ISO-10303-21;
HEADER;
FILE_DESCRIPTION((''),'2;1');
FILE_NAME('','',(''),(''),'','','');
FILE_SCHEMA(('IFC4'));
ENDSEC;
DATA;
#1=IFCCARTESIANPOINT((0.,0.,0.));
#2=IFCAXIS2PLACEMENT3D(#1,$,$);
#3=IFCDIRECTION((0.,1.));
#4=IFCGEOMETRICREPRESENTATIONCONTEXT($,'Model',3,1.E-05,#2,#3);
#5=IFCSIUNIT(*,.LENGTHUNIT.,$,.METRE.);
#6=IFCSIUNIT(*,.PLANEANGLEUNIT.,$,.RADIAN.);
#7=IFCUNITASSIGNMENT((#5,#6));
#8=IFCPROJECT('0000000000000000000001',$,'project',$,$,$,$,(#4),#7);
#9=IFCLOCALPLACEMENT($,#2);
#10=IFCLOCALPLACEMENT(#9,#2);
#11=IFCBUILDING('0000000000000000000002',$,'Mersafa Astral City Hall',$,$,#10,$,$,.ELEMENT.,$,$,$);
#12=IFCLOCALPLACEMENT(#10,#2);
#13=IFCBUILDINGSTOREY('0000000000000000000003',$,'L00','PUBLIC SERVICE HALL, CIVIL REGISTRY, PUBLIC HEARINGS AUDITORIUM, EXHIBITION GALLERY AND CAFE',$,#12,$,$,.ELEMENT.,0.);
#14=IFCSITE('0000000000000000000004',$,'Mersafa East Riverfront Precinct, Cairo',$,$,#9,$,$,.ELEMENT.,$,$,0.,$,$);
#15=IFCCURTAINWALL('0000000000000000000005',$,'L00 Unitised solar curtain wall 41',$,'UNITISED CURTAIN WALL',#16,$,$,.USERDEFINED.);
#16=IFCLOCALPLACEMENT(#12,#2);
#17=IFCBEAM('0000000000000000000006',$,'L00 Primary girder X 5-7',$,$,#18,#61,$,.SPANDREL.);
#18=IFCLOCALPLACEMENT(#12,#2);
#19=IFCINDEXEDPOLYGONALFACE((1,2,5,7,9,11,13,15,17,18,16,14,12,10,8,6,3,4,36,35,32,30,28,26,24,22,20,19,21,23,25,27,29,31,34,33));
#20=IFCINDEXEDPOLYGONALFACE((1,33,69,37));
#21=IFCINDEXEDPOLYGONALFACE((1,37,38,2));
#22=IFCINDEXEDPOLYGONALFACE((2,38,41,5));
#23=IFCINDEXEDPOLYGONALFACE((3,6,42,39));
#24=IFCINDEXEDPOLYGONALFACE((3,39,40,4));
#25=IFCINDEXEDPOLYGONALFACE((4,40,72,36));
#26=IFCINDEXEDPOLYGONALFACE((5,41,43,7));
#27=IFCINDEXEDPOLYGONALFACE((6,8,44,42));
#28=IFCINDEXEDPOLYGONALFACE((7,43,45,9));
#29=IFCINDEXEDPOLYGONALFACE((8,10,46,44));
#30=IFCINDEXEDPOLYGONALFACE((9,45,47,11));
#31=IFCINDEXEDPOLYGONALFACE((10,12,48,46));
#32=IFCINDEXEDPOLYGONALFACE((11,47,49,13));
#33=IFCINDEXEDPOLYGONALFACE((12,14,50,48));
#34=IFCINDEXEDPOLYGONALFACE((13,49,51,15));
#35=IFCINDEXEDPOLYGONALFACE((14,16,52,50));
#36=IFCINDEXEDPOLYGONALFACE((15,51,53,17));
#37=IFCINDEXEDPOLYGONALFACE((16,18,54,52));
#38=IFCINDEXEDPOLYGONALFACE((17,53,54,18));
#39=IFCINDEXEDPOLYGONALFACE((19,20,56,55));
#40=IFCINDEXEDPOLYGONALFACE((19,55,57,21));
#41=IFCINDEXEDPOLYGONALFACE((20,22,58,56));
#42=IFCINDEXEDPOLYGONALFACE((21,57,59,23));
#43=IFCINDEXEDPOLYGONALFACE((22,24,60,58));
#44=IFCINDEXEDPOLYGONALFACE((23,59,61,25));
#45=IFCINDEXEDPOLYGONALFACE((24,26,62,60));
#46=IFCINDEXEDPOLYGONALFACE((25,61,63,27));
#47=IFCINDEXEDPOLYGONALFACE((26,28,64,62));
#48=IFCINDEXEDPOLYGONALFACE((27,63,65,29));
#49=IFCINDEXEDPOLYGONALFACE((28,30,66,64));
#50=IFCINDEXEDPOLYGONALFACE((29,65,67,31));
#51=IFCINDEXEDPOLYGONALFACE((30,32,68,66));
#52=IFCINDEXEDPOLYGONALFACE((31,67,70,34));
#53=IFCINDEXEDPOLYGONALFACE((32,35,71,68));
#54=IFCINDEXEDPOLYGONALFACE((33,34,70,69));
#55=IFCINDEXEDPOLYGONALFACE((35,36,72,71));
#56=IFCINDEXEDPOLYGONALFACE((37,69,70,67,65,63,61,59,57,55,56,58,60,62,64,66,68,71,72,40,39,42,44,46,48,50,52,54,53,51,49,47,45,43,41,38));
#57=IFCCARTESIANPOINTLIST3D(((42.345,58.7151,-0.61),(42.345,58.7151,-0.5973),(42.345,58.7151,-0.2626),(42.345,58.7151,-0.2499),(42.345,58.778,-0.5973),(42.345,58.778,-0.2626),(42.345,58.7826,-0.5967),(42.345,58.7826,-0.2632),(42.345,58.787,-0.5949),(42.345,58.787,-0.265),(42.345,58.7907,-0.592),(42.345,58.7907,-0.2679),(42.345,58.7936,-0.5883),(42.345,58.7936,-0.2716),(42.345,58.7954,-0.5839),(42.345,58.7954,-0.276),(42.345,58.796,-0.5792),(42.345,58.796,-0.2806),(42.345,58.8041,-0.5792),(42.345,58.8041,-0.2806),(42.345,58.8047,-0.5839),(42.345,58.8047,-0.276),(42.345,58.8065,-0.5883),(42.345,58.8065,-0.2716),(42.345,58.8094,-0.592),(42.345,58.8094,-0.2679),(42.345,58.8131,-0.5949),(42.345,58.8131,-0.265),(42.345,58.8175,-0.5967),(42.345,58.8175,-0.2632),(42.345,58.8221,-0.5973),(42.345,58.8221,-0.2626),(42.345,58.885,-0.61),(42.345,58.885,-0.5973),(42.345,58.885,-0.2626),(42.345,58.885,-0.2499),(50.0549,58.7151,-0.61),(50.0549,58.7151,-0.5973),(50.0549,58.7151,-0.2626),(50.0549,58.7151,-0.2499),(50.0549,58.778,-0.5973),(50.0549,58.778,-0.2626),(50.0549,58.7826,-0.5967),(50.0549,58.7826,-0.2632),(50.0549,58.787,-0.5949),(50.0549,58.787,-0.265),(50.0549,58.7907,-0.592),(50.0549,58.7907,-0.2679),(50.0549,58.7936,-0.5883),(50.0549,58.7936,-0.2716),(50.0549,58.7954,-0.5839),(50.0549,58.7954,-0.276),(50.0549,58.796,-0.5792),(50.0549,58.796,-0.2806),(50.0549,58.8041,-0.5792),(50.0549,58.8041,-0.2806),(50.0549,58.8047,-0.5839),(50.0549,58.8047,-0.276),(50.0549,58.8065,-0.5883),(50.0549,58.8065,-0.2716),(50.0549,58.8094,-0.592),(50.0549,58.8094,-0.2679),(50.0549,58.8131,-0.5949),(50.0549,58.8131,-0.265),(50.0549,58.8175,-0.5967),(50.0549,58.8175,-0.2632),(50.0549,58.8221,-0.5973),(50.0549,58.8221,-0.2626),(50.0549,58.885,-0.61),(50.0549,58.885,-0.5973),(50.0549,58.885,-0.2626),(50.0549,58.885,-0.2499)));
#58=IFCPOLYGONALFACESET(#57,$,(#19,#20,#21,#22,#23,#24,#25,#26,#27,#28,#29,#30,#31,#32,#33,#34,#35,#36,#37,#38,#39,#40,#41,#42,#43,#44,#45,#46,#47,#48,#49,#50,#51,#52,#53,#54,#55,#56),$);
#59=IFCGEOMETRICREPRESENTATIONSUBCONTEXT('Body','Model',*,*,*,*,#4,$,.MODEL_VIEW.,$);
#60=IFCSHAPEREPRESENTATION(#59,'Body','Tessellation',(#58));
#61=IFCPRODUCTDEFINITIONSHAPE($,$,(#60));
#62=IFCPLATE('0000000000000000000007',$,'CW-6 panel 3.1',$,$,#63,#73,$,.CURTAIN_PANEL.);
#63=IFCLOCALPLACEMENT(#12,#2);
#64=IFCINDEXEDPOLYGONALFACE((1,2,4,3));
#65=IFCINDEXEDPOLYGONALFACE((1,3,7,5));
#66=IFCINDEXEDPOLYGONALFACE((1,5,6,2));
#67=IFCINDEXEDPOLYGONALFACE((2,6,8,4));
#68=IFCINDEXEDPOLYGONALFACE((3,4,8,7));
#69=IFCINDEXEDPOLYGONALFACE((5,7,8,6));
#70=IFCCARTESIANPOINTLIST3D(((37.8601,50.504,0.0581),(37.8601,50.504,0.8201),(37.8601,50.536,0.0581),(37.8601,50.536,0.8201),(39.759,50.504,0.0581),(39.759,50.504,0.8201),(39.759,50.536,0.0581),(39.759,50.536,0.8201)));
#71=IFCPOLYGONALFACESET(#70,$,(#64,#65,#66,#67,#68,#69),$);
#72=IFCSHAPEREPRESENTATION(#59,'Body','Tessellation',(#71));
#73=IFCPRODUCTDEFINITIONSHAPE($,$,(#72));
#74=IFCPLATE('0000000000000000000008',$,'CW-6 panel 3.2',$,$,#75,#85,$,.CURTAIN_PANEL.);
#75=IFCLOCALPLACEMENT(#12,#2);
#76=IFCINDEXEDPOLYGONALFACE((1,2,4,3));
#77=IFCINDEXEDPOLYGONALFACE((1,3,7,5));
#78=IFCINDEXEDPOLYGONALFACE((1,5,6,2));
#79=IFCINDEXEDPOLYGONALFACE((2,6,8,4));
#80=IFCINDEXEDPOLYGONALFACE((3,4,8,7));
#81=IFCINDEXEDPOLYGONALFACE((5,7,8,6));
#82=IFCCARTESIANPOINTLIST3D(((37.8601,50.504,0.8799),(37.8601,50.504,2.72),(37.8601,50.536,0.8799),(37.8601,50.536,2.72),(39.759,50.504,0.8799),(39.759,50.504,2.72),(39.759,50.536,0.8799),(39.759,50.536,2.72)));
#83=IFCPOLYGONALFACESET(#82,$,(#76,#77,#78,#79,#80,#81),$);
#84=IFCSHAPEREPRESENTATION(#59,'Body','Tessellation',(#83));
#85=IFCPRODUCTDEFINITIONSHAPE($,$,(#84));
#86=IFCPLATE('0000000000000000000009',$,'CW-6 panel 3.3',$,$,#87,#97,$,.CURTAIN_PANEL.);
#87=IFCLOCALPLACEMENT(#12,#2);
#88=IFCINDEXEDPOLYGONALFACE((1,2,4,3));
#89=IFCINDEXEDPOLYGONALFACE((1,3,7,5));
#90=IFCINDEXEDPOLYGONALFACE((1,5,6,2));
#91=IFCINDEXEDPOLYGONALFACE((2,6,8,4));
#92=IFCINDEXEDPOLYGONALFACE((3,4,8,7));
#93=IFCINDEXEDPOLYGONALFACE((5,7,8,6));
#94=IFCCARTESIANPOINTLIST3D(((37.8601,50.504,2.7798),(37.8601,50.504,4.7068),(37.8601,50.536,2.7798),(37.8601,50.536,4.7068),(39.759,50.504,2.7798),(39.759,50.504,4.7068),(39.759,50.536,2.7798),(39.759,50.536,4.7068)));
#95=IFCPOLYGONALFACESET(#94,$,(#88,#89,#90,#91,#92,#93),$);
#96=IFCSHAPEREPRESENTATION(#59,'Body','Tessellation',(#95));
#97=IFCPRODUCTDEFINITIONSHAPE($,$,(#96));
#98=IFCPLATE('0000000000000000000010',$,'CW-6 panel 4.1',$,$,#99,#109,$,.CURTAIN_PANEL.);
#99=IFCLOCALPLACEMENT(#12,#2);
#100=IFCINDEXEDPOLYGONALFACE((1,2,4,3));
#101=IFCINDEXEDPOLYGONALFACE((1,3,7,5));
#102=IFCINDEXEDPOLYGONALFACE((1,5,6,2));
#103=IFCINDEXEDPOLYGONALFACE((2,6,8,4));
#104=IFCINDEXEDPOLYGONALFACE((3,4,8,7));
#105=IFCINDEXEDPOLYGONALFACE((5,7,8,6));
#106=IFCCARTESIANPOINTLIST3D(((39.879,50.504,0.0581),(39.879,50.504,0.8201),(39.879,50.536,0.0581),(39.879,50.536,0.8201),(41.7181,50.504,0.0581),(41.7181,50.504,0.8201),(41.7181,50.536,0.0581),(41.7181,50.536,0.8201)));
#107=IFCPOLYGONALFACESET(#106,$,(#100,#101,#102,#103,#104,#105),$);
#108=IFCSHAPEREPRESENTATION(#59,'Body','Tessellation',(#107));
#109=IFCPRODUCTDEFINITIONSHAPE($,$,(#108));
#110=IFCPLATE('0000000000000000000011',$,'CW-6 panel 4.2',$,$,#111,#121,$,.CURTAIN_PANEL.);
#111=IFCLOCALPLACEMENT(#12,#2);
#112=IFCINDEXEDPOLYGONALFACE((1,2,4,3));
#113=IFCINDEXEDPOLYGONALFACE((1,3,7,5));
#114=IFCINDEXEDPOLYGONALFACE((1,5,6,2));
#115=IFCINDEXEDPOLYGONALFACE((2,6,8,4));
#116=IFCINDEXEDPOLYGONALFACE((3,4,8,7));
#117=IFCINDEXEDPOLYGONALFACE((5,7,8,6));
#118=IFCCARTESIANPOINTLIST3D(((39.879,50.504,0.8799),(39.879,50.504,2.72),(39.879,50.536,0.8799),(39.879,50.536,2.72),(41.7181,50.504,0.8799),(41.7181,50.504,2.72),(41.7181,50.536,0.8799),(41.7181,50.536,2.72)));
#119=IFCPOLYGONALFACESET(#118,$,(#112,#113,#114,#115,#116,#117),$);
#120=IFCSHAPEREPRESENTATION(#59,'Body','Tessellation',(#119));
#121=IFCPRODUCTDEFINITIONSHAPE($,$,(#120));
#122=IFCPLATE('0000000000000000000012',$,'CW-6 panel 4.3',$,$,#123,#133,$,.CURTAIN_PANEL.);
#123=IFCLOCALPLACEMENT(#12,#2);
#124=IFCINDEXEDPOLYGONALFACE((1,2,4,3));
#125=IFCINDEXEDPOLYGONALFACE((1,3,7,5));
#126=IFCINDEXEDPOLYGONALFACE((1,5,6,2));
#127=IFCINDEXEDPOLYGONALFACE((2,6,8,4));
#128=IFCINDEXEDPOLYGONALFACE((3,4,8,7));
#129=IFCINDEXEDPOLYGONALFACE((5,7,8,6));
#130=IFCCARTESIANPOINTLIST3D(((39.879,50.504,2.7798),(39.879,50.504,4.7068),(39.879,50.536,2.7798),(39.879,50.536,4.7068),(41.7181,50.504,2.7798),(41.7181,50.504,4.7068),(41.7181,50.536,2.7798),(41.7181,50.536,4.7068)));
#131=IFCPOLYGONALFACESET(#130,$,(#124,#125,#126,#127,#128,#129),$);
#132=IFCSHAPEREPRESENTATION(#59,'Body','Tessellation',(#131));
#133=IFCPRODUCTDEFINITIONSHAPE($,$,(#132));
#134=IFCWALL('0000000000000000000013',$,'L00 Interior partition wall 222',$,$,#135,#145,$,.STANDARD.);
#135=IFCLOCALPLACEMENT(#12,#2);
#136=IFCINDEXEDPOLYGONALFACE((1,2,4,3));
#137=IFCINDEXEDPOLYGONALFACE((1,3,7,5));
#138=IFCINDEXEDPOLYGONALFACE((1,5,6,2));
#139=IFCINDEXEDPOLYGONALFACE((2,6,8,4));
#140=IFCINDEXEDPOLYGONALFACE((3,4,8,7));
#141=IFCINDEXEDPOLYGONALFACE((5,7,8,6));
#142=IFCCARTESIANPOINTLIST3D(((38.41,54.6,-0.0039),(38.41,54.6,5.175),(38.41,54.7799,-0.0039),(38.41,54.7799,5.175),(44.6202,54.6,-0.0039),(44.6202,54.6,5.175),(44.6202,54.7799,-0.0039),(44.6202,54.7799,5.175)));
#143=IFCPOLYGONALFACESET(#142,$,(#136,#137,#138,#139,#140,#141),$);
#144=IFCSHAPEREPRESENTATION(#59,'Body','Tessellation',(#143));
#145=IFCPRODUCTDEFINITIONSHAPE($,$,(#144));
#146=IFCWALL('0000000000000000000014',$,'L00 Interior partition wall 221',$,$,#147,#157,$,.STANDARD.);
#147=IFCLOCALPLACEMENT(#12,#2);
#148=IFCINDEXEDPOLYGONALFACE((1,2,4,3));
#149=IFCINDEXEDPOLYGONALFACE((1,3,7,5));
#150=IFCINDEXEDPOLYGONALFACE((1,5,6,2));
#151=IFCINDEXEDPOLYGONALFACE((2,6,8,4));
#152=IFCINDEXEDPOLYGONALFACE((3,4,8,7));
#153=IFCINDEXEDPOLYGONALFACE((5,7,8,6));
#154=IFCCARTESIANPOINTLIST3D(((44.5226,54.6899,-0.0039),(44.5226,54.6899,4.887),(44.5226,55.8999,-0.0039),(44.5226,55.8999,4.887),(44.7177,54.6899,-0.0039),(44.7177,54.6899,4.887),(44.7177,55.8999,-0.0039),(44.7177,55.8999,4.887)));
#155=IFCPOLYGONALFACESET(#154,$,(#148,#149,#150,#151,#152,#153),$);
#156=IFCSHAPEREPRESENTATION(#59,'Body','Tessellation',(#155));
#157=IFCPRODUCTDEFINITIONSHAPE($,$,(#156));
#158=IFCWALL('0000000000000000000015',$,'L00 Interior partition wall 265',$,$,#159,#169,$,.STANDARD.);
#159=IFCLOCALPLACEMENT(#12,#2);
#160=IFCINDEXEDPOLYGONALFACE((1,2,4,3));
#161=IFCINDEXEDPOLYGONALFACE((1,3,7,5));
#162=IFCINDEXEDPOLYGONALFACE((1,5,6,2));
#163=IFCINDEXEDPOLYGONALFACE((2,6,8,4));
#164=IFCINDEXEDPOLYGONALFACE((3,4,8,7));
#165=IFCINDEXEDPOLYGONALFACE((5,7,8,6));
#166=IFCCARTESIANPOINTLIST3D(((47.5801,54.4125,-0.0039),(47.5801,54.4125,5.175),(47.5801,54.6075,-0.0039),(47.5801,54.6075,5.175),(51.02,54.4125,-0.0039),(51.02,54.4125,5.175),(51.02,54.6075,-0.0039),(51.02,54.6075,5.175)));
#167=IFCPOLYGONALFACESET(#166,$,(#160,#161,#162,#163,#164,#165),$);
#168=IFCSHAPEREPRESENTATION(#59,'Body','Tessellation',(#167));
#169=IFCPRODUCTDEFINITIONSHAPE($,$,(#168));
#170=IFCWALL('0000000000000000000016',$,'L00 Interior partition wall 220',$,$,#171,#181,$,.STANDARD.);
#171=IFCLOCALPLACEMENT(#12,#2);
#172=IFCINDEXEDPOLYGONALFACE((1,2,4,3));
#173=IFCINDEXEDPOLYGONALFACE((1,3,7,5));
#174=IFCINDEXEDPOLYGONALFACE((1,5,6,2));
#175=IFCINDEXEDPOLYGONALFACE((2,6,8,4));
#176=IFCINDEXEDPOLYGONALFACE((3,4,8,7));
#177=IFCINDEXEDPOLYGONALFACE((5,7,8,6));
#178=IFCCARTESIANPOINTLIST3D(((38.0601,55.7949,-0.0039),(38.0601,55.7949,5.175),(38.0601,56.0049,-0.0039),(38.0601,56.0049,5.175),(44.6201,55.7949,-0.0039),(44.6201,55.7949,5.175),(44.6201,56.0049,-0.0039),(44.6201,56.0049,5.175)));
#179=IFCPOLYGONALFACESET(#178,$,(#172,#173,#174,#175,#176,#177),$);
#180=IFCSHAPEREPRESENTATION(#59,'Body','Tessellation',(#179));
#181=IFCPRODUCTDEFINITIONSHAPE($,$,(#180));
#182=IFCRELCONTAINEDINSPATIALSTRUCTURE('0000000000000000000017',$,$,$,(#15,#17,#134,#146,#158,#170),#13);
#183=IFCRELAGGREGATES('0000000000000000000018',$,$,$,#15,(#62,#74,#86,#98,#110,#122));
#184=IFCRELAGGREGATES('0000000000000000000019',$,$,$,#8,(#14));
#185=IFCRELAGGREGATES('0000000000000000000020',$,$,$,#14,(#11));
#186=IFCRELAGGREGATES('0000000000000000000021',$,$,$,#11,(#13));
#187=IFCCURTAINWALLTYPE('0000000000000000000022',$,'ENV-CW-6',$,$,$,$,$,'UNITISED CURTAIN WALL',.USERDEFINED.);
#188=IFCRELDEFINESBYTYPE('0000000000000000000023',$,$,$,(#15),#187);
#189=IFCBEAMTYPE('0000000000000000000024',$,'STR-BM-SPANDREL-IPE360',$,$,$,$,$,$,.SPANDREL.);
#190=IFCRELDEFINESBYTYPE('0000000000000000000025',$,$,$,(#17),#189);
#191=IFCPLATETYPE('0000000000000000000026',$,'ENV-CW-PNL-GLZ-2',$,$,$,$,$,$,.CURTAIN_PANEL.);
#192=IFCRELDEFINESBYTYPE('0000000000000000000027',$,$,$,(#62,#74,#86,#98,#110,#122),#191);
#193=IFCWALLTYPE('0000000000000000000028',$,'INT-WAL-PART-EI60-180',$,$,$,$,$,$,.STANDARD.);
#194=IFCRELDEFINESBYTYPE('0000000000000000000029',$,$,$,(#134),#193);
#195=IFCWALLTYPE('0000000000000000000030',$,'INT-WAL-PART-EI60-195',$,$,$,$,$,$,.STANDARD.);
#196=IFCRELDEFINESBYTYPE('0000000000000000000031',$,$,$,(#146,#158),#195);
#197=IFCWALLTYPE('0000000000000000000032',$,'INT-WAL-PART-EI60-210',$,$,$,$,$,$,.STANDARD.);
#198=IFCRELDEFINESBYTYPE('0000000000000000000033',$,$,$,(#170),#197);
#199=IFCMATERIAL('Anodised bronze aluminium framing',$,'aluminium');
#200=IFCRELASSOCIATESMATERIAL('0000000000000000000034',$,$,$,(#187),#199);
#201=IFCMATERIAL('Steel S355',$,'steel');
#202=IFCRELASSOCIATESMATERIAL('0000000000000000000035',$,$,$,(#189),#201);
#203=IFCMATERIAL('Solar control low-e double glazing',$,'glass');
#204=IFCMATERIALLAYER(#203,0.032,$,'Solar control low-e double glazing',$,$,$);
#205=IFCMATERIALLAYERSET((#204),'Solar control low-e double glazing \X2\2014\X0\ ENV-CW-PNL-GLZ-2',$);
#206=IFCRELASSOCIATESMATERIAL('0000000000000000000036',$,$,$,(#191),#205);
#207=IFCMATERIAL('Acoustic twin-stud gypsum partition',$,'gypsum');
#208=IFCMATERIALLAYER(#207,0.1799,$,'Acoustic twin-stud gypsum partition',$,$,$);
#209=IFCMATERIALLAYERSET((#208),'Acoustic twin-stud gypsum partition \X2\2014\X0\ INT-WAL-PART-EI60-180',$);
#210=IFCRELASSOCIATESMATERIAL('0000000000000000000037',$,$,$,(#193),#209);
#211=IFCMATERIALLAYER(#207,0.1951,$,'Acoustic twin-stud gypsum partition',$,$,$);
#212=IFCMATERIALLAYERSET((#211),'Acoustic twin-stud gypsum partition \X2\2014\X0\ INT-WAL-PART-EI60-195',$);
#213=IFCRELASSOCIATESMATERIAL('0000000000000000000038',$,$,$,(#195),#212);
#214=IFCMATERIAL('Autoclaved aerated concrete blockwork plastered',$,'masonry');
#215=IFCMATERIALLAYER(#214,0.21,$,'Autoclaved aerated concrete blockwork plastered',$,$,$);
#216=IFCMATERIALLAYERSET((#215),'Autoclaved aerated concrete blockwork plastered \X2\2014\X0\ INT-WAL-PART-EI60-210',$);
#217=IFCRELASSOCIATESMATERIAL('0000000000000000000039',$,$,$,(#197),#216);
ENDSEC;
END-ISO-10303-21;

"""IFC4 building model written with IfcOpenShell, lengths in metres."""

from ifc_helpers import new_model, si_unit, direction, frame, frame_2d, origin, origin_2d, place, context, subcontext, project, spatial, rectangle, i_section, extrude, material, layer, layer_set, material_profile, profile_set, type_object, element, aggregate, save


model = new_model("IFC4")

# Units and contexts
model_context = context("Model", 3, precision=1e-05, world=origin(), true_north=direction((0.0, 1.0)))
body_context = subcontext(model_context, "Body", "Model", "MODEL_VIEW")
ifc_project = project(units=[si_unit("LENGTHUNIT", "METRE"), si_unit("PLANEANGLEUNIT", "RADIAN")], contexts=[model_context])

# Site, building, storey
site_placement = place(None, origin())
site = spatial("IfcSite", under=ifc_project, at=site_placement, Name="Mersafa East Riverfront Precinct, Cairo", CompositionType="ELEMENT", RefElevation=0.0)
building_placement = place(site_placement, origin())
building = spatial("IfcBuilding", under=site, at=building_placement, Name="Mersafa Astral City Hall", CompositionType="ELEMENT")
storey_placement = place(building_placement, origin())
storey = spatial("IfcBuildingStorey", under=building, at=storey_placement, Name="L00", Description="PUBLIC SERVICE HALL, CIVIL REGISTRY, PUBLIC HEARINGS AUDITORIUM, EXHIBITION GALLERY AND CAFE", CompositionType="ELEMENT", Elevation=0.0)

# Shared definitions
ifc_material_1 = material(Name="Steel S355", Category="steel")

# Curtain wall
ifc_material_2 = material(Name="Anodised bronze aluminium framing", Category="aluminium")
curtain_wall_type = type_object("IfcCurtainWallType", Name="ENV-CW-6", ElementType="UNITISED CURTAIN WALL", PredefinedType="USERDEFINED", material=ifc_material_2)
curtain_wall_placement = place(storey_placement, origin())
curtain_wall = element("IfcCurtainWall", 1, at=curtain_wall_placement, inside=storey, type_object=curtain_wall_type, Name="L00 Unitised solar curtain wall 41", ObjectType="UNITISED CURTAIN WALL", PredefinedType="USERDEFINED")

# Beam
ifc_material_profile_1 = material_profile(ifc_material_1, i_section(OverallWidth=0.1699, OverallDepth=0.3601, WebThickness=0.0081, FlangeThickness=0.0127, FilletRadius=0.0181, at=origin_2d()), Name="IPE 360")
ifc_profile_set_1 = profile_set([ifc_material_profile_1], Name="Steel S355")
beam_type_1 = type_object("IfcBeamType", Name="STR-BM-SPANDREL-IPE360", PredefinedType="SPANDREL", material=ifc_profile_set_1)
beam_1_placement = place(storey_placement, frame((42.345, 58.8, -0.4299), z_axis=(1.0, 0.0, 0.0), x_axis=(0.0, 1.0, 0.0)))
element("IfcBeam", 2, at=beam_1_placement, inside=storey, type_object=beam_type_1, Name="L00 Primary girder X 5-7", PredefinedType="SPANDREL", context=body_context, shape_type="SweptSolid", body=[
    extrude(i_section(OverallWidth=0.1699, OverallDepth=0.3601, WebThickness=0.0081, FlangeThickness=0.0127, FilletRadius=0.0181, at=origin_2d()), origin(), (0.0, 0.0, 1.0), 7.71),
])

# Plates
ifc_material_3 = material(Name="Solar control low-e double glazing", Category="glass")
ifc_layer_1 = layer(ifc_material_3, 0.032, Name="Solar control low-e double glazing")
ifc_layer_set_1 = layer_set([ifc_layer_1], Name="Solar control low-e double glazing — ENV-CW-PNL-GLZ-2")
plate_type = type_object("IfcPlateType", Name="ENV-CW-PNL-GLZ-2", PredefinedType="CURTAIN_PANEL", material=ifc_layer_set_1)
plate_1_placement = place(storey_placement, frame((38.8096, 50.52, 0.0581), z_axis=(0.0, 0.0, 1.0), x_axis=(1.0, 0.0, 0.0)))
plate_1 = element("IfcPlate", 3, at=plate_1_placement, type_object=plate_type, Name="CW-6 panel 3.1", PredefinedType="CURTAIN_PANEL", context=body_context, shape_type="SweptSolid", body=[
    extrude(rectangle(XDim=1.8989, YDim=0.032, at=origin_2d()), origin(), (0.0, 0.0, 1.0), 0.762),
])
plate_2_placement = place(storey_placement, frame((38.8096, 50.52, 0.8799), z_axis=(0.0, 0.0, 1.0), x_axis=(1.0, 0.0, 0.0)))
plate_2 = element("IfcPlate", 4, at=plate_2_placement, type_object=plate_type, Name="CW-6 panel 3.2", PredefinedType="CURTAIN_PANEL", context=body_context, shape_type="SweptSolid", body=[
    extrude(rectangle(XDim=1.8989, YDim=0.032, at=origin_2d()), origin(), (0.0, 0.0, 1.0), 1.8401),
])
plate_3_placement = place(storey_placement, frame((38.8096, 50.52, 2.7798), z_axis=(0.0, 0.0, 1.0), x_axis=(1.0, 0.0, 0.0)))
plate_3 = element("IfcPlate", 5, at=plate_3_placement, type_object=plate_type, Name="CW-6 panel 3.3", PredefinedType="CURTAIN_PANEL", context=body_context, shape_type="SweptSolid", body=[
    extrude(rectangle(XDim=1.8989, YDim=0.032, at=origin_2d()), origin(), (0.0, 0.0, 1.0), 1.927),
])
plate_4_placement = place(storey_placement, frame((40.7986, 50.52, 0.0581), z_axis=(0.0, 0.0, 1.0), x_axis=(1.0, 0.0, 0.0)))
plate_4 = element("IfcPlate", 6, at=plate_4_placement, type_object=plate_type, Name="CW-6 panel 4.1", PredefinedType="CURTAIN_PANEL", context=body_context, shape_type="SweptSolid", body=[
    extrude(rectangle(XDim=1.8391, YDim=0.032, at=origin_2d()), origin(), (0.0, 0.0, 1.0), 0.762),
])
plate_5_placement = place(storey_placement, frame((40.7986, 50.52, 0.8799), z_axis=(0.0, 0.0, 1.0), x_axis=(1.0, 0.0, 0.0)))
plate_5 = element("IfcPlate", 7, at=plate_5_placement, type_object=plate_type, Name="CW-6 panel 4.2", PredefinedType="CURTAIN_PANEL", context=body_context, shape_type="SweptSolid", body=[
    extrude(rectangle(XDim=1.8391, YDim=0.032, at=origin_2d()), origin(), (0.0, 0.0, 1.0), 1.8401),
])
plate_6_placement = place(storey_placement, frame((40.7986, 50.52, 2.7798), z_axis=(0.0, 0.0, 1.0), x_axis=(1.0, 0.0, 0.0)))
plate_6 = element("IfcPlate", 8, at=plate_6_placement, type_object=plate_type, Name="CW-6 panel 4.3", PredefinedType="CURTAIN_PANEL", context=body_context, shape_type="SweptSolid", body=[
    extrude(rectangle(XDim=1.8391, YDim=0.032, at=origin_2d()), origin(), (0.0, 0.0, 1.0), 1.927),
])
aggregate(curtain_wall, [plate_1, plate_2, plate_3, plate_4, plate_5, plate_6])

# Walls
ifc_material_4 = material(Name="Acoustic twin-stud gypsum partition", Category="gypsum")
ifc_layer_2 = layer(ifc_material_4, 0.1799, Name="Acoustic twin-stud gypsum partition")
ifc_layer_set_2 = layer_set([ifc_layer_2], Name="Acoustic twin-stud gypsum partition — INT-WAL-PART-EI60-180")
wall_type_1 = type_object("IfcWallType", Name="INT-WAL-PART-EI60-180", PredefinedType="STANDARD", material=ifc_layer_set_2)
wall_1_placement = place(storey_placement, frame((44.6201, 54.6899, -0.0039), z_axis=(0.0, 0.0, 1.0), x_axis=(-1.0, 0.0, 0.0)))
element("IfcWall", 9, at=wall_1_placement, inside=storey, type_object=wall_type_1, Name="L00 Interior partition wall 222", PredefinedType="STANDARD", context=body_context, shape_type="SweptSolid", body=[
    extrude(rectangle(XDim=6.2102, YDim=0.1799, at=frame_2d((3.105, 0.0))), origin(), (0.0, 0.0, 1.0), 5.179),
])
ifc_layer_3 = layer(ifc_material_4, 0.1951, Name="Acoustic twin-stud gypsum partition")
ifc_layer_set_3 = layer_set([ifc_layer_3], Name="Acoustic twin-stud gypsum partition — INT-WAL-PART-EI60-195")
wall_type_2 = type_object("IfcWallType", Name="INT-WAL-PART-EI60-195", PredefinedType="STANDARD", material=ifc_layer_set_3)
wall_2_placement = place(storey_placement, frame((44.6201, 55.8999, -0.0039), z_axis=(0.0, 0.0, 1.0), x_axis=(0.0, -1.0, 0.0)))
element("IfcWall", 10, at=wall_2_placement, inside=storey, type_object=wall_type_2, Name="L00 Interior partition wall 221", PredefinedType="STANDARD", context=body_context, shape_type="SweptSolid", body=[
    extrude(rectangle(XDim=1.21, YDim=0.1951, at=frame_2d((0.605, 0.0))), origin(), (0.0, 0.0, 1.0), 4.8909),
])
wall_3_placement = place(storey_placement, frame((47.5801, 54.51, -0.0039), z_axis=(0.0, 0.0, 1.0), x_axis=(1.0, 0.0, 0.0)))
element("IfcWall", 11, at=wall_3_placement, inside=storey, type_object=wall_type_2, Name="L00 Interior partition wall 265", PredefinedType="STANDARD", context=body_context, shape_type="SweptSolid", body=[
    extrude(rectangle(XDim=3.4399, YDim=0.1951, at=frame_2d((1.72, 0.0))), origin(), (0.0, 0.0, 1.0), 5.179),
])
ifc_material_5 = material(Name="Autoclaved aerated concrete blockwork plastered", Category="masonry")
ifc_layer_4 = layer(ifc_material_5, 0.21, Name="Autoclaved aerated concrete blockwork plastered")
ifc_layer_set_4 = layer_set([ifc_layer_4], Name="Autoclaved aerated concrete blockwork plastered — INT-WAL-PART-EI60-210")
wall_type_3 = type_object("IfcWallType", Name="INT-WAL-PART-EI60-210", PredefinedType="STANDARD", material=ifc_layer_set_4)
wall_4_placement = place(storey_placement, frame((38.0601, 55.8999, -0.0039), z_axis=(0.0, 0.0, 1.0), x_axis=(1.0, 0.0, 0.0)))
element("IfcWall", 12, at=wall_4_placement, inside=storey, type_object=wall_type_3, Name="L00 Interior partition wall 220", PredefinedType="STANDARD", context=body_context, shape_type="SweptSolid", body=[
    extrude(rectangle(XDim=6.5601, YDim=0.21, at=frame_2d((3.28, 0.0))), origin(), (0.0, 0.0, 1.0), 5.179),
])

save(model, "model.ifc")
